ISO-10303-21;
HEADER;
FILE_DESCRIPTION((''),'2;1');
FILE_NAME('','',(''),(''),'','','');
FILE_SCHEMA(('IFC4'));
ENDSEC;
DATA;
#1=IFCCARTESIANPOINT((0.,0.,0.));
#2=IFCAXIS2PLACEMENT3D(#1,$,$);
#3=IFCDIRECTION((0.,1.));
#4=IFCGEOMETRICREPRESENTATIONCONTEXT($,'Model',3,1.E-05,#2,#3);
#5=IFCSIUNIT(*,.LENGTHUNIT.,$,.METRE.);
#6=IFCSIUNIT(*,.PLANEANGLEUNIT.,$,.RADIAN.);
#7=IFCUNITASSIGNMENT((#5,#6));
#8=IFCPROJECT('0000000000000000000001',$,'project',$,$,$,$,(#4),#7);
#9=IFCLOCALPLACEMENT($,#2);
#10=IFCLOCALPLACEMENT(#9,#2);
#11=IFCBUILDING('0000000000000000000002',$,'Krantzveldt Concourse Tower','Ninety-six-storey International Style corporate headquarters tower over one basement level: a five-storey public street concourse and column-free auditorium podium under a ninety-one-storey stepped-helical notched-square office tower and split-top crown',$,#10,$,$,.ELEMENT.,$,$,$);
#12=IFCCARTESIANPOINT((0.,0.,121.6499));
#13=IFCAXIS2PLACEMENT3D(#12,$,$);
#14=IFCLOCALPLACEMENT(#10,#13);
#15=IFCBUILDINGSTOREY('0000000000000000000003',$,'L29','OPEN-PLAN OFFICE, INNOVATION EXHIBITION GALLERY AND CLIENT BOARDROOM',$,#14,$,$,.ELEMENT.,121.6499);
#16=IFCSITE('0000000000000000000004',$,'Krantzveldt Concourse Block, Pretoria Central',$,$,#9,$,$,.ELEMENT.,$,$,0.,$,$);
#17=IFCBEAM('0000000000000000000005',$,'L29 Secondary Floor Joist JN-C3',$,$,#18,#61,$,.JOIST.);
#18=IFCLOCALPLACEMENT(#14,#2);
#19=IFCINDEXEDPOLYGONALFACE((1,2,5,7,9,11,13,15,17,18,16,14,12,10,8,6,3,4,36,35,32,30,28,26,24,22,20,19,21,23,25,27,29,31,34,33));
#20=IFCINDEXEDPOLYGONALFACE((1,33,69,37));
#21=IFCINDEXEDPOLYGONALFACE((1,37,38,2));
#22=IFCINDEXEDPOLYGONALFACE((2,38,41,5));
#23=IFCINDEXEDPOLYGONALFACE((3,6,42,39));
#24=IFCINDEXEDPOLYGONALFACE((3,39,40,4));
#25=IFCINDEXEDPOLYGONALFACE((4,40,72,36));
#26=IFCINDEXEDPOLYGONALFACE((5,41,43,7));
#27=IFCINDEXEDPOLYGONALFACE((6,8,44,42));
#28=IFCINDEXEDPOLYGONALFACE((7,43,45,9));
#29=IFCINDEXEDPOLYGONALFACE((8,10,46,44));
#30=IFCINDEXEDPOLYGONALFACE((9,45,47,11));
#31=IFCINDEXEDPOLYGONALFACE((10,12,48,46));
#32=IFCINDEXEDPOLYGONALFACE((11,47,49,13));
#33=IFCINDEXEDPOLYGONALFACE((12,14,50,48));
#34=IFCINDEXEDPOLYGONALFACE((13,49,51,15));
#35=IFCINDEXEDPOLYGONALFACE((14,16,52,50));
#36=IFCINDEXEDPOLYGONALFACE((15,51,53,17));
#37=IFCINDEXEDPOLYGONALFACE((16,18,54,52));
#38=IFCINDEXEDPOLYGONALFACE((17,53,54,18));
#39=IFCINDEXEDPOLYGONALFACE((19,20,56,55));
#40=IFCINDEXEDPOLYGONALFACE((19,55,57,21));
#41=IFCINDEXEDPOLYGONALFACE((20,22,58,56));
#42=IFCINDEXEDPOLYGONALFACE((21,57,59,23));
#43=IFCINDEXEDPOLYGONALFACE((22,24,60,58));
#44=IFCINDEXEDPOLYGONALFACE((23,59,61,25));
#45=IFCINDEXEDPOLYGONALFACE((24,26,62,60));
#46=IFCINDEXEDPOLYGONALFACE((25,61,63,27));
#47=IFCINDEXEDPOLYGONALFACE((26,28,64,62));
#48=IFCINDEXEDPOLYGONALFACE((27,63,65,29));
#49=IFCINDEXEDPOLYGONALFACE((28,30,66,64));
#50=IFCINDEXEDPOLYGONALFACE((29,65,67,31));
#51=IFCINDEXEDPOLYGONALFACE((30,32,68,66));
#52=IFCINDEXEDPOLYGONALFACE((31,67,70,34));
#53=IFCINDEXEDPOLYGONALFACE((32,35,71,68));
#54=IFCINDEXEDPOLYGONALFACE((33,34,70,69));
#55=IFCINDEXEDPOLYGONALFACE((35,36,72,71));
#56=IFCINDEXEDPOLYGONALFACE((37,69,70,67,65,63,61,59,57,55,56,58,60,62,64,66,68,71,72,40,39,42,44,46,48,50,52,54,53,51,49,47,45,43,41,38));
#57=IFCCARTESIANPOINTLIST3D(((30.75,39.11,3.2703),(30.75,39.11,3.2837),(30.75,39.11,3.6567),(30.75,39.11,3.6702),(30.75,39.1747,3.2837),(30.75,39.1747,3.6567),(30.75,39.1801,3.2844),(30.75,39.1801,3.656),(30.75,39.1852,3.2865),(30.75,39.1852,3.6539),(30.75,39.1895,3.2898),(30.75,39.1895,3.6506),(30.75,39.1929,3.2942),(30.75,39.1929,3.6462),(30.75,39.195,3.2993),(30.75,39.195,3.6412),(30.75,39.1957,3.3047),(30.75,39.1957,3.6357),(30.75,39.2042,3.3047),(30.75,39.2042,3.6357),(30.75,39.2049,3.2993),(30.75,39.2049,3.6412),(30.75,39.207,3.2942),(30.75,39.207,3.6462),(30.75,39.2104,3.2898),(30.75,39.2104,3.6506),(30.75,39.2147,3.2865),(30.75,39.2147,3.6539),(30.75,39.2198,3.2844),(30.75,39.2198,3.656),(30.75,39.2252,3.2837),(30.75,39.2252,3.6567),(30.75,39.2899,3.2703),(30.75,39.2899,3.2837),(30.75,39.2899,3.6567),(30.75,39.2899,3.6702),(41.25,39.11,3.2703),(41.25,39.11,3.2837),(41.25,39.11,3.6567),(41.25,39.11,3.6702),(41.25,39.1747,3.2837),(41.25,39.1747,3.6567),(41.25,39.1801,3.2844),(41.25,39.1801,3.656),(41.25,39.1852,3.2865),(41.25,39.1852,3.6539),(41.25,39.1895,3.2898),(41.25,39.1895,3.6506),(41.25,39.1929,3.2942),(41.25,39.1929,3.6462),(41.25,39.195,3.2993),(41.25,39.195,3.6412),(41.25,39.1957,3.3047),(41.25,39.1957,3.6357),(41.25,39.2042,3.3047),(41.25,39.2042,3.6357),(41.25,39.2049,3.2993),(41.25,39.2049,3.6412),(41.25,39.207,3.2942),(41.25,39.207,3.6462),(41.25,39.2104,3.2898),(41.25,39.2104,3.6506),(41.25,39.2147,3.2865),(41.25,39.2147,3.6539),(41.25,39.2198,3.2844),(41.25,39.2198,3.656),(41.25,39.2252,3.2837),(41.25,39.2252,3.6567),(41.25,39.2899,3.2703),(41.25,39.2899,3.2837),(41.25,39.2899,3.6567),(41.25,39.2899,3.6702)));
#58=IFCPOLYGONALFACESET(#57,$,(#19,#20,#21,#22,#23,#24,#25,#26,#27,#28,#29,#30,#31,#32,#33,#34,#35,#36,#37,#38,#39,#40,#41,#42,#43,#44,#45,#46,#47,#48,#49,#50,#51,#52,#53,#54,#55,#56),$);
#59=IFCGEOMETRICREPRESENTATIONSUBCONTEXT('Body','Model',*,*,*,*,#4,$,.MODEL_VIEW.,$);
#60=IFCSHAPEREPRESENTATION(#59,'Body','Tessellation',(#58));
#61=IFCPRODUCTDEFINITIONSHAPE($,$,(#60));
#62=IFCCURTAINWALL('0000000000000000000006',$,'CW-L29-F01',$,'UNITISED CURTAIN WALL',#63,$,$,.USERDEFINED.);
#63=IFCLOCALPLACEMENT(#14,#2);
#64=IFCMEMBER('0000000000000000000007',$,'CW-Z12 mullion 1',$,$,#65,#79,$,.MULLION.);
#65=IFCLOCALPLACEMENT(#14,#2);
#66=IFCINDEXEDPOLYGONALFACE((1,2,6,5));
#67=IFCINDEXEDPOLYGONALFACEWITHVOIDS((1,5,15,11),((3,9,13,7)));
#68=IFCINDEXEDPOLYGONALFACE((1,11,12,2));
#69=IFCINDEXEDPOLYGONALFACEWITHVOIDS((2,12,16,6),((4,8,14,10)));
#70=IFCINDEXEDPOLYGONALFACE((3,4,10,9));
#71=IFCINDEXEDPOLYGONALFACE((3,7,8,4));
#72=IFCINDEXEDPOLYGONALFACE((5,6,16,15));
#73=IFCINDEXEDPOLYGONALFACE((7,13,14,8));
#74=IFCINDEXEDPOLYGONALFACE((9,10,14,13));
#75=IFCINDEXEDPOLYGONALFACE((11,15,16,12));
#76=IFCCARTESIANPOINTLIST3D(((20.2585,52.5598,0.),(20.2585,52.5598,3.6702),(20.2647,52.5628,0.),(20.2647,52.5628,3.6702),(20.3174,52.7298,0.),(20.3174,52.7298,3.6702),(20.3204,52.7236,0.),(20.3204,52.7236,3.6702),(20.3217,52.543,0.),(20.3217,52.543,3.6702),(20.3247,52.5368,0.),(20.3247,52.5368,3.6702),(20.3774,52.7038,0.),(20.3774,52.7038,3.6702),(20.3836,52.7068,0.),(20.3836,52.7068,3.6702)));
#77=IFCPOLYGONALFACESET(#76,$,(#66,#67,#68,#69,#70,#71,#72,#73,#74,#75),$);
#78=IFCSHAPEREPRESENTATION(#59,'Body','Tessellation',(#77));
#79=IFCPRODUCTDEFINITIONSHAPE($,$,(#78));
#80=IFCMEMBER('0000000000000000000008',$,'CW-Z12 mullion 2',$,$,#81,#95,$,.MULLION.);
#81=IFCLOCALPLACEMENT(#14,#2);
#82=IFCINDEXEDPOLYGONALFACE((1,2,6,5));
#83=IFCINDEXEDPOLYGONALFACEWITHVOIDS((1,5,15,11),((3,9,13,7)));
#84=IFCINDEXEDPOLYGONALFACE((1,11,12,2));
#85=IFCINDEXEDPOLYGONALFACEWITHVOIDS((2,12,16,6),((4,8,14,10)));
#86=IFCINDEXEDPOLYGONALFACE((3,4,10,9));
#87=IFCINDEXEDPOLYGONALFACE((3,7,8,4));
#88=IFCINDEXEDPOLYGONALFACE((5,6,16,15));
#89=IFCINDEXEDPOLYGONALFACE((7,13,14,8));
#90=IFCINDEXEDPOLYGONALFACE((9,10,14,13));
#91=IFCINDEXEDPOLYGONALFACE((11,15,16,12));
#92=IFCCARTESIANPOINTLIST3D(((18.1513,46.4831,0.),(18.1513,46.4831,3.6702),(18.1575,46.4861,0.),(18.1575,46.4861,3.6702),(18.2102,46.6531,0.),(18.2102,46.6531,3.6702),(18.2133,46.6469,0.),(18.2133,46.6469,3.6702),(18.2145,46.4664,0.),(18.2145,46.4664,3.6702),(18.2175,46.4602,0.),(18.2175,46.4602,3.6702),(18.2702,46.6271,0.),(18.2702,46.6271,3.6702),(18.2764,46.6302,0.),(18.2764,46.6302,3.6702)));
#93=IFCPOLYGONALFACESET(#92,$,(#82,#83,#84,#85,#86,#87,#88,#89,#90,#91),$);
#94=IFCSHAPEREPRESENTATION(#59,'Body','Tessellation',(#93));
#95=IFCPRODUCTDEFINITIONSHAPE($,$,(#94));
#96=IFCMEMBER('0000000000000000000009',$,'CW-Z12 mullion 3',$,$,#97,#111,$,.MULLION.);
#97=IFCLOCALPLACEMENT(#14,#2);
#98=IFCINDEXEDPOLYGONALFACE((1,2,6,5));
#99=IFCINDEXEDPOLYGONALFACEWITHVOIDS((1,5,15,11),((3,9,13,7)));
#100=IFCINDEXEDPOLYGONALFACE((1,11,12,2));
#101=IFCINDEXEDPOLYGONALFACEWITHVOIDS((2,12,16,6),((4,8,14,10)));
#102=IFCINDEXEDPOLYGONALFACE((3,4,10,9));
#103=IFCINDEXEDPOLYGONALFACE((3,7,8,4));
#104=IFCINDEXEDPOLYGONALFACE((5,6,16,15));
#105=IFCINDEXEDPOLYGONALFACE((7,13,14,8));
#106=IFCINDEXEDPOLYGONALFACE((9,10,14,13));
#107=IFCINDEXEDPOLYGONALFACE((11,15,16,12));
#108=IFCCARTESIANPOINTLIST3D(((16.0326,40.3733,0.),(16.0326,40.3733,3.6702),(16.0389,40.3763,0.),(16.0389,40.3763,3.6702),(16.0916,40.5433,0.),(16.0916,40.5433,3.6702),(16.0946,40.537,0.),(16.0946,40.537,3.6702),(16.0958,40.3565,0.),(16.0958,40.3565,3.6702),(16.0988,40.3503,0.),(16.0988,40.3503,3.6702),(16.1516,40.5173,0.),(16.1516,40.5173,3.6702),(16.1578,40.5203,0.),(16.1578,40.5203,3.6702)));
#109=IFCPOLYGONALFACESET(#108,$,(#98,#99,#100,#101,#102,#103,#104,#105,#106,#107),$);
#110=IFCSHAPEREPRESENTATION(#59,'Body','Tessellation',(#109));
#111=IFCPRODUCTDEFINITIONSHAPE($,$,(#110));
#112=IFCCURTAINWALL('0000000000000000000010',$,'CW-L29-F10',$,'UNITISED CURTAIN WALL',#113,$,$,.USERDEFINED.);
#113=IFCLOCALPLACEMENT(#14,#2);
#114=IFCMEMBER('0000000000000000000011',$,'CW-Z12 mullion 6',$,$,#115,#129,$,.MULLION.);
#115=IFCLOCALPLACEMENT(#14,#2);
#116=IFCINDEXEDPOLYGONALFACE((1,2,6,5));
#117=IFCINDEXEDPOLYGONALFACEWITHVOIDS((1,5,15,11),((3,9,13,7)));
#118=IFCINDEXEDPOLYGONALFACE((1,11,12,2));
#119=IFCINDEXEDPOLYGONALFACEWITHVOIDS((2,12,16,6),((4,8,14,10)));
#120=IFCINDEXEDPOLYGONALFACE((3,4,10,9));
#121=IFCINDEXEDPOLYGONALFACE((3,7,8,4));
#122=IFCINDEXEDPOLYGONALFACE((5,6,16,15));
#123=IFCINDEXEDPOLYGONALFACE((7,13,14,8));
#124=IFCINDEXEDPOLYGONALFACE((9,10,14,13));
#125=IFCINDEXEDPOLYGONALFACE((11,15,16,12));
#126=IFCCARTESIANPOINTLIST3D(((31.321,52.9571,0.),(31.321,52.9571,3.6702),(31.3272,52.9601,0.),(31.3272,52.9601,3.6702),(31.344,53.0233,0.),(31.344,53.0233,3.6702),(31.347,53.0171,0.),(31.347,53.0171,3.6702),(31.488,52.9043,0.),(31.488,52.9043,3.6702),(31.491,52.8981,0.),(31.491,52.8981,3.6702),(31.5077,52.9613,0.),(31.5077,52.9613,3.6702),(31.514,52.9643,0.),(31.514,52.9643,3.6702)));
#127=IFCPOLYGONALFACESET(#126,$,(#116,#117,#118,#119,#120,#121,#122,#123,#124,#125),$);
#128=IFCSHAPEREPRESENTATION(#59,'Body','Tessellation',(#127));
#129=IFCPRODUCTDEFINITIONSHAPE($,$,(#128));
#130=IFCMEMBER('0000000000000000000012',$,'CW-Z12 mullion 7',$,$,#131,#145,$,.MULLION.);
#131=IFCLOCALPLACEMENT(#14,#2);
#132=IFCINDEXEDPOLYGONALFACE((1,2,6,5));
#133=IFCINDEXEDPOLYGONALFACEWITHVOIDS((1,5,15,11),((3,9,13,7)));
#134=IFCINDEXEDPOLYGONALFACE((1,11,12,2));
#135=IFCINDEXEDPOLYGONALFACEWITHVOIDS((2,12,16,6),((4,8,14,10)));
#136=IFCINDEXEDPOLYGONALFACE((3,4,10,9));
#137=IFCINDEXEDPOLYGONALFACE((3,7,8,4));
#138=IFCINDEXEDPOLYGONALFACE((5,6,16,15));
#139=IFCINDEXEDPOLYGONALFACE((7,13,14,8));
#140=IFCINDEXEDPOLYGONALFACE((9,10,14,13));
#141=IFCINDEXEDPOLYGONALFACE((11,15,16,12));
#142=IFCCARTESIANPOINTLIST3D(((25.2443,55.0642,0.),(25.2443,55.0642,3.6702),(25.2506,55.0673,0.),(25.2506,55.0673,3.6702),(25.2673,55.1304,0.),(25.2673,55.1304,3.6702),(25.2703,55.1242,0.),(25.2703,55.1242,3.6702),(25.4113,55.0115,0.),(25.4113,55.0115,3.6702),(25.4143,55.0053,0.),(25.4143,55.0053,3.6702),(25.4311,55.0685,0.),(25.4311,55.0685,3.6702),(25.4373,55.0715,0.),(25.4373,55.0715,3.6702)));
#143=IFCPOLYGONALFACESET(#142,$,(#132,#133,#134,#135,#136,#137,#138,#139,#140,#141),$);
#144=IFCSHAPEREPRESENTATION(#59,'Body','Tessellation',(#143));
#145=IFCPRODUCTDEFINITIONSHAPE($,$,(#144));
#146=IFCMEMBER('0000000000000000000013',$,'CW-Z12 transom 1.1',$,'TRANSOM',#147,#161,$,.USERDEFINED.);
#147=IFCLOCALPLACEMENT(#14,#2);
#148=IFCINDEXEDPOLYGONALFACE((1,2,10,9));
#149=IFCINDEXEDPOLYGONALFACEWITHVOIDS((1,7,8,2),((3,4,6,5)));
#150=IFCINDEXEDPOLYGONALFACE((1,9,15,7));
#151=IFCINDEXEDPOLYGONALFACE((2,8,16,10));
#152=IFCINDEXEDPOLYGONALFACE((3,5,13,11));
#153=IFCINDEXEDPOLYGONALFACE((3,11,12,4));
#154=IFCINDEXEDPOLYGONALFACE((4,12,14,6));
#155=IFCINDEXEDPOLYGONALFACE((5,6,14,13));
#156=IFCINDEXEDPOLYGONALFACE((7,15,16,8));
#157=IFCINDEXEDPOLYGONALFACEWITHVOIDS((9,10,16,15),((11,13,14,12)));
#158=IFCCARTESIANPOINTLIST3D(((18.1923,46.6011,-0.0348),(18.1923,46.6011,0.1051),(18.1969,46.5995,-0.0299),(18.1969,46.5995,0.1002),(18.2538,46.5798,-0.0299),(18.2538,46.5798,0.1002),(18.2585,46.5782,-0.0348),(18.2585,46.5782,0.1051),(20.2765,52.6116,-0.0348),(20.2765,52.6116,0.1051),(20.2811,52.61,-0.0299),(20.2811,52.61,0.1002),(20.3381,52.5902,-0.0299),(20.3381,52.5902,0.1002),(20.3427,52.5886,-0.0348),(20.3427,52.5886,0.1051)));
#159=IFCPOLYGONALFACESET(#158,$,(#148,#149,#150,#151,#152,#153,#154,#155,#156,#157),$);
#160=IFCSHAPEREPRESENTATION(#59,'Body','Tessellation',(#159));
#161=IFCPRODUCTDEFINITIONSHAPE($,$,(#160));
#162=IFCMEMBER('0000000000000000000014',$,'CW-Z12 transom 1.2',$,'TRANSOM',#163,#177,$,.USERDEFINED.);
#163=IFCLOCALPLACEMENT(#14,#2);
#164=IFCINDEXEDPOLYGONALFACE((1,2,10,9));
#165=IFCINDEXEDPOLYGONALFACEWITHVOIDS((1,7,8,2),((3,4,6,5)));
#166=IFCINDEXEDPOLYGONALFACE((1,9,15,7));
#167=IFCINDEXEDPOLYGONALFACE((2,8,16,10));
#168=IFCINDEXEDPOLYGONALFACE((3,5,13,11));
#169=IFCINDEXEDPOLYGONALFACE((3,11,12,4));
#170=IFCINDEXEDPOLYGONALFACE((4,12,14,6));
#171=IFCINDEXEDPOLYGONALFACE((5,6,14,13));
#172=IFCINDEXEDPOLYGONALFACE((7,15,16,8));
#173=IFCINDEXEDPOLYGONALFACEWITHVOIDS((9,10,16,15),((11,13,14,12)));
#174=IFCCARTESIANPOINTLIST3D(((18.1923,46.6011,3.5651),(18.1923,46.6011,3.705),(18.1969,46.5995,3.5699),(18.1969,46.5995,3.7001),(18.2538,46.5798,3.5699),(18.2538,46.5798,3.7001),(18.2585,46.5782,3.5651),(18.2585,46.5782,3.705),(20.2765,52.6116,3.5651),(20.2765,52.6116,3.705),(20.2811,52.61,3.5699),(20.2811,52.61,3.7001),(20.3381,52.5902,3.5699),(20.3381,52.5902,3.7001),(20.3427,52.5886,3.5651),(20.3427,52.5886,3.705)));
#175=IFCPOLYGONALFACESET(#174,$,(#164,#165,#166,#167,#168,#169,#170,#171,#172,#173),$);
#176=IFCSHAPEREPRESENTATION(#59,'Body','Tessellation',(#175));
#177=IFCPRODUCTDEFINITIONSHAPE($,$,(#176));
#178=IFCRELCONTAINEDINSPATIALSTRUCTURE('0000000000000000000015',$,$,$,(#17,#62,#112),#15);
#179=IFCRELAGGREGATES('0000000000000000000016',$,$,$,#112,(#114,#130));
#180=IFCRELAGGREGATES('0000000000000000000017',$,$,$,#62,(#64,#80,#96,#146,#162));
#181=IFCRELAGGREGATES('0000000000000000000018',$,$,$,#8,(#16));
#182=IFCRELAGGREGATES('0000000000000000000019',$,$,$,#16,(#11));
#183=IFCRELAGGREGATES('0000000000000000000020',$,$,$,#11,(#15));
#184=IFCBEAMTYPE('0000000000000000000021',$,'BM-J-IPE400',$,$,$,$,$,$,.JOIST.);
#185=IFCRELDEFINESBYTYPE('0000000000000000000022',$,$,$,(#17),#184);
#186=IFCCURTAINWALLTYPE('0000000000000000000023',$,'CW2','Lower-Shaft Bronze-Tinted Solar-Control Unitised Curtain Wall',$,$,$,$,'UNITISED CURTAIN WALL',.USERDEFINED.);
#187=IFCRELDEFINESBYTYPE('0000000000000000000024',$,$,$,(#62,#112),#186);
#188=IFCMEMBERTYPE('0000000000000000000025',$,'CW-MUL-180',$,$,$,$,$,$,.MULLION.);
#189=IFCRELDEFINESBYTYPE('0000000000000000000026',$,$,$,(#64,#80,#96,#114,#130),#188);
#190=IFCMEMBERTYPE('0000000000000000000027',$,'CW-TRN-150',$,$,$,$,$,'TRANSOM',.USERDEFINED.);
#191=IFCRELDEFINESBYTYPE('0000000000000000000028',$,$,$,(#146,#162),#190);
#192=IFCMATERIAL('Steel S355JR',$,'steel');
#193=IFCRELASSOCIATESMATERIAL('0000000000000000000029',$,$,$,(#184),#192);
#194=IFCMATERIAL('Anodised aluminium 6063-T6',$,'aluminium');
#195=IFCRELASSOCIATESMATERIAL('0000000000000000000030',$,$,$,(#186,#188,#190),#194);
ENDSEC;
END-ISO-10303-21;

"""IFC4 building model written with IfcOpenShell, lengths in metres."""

from ifc_helpers import new_model, si_unit, direction, frame, origin, origin_2d, place, context, subcontext, project, spatial, hollow_rectangle, i_section, extrude, source, transform, mapped, material, material_profile, profile_set, type_object, type_shapes, element, aggregate, save


model = new_model("IFC4")

# Units and contexts
model_context = context("Model", 3, precision=1e-05, world=origin(), true_north=direction((0.0, 1.0)))
body_context = subcontext(model_context, "Body", "Model", "MODEL_VIEW")
ifc_project = project(units=[si_unit("LENGTHUNIT", "METRE"), si_unit("PLANEANGLEUNIT", "RADIAN")], contexts=[model_context])

# Site, building, storey
site_placement = place(None, origin())
site = spatial("IfcSite", under=ifc_project, at=site_placement, Name="Krantzveldt Concourse Block, Pretoria Central", CompositionType="ELEMENT", RefElevation=0.0)
building_placement = place(site_placement, origin())
building = spatial("IfcBuilding", under=site, at=building_placement, Name="Krantzveldt Concourse Tower", Description="Ninety-six-storey International Style corporate headquarters tower over one basement level: a five-storey public street concourse and column-free auditorium podium under a ninety-one-storey stepped-helical notched-square office tower and split-top crown", CompositionType="ELEMENT")
storey_placement = place(building_placement, frame((0.0, 0.0, 121.6499)))
storey = spatial("IfcBuildingStorey", under=building, at=storey_placement, Name="L29", Description="OPEN-PLAN OFFICE, INNOVATION EXHIBITION GALLERY AND CLIENT BOARDROOM", CompositionType="ELEMENT", Elevation=121.6499)

# Beam
ifc_material_1 = material(Name="Steel S355JR", Category="steel")
ifc_material_profile_1 = material_profile(ifc_material_1, i_section(OverallWidth=0.1799, OverallDepth=0.3999, WebThickness=0.0085, FlangeThickness=0.0134, FilletRadius=0.021, at=origin_2d()), Name="Steel S355JR", Category="steel")
ifc_profile_set_1 = profile_set([ifc_material_profile_1], Name="Steel S355JR - IPE 400")
beam_type_1 = type_object("IfcBeamType", Name="BM-J-IPE400", PredefinedType="JOIST", material=ifc_profile_set_1)
shared_shape_1 = source(origin(), body_context, "Body", "SweptSolid", [
    extrude(i_section(OverallWidth=0.1799, OverallDepth=0.3999, WebThickness=0.0085, FlangeThickness=0.0134, FilletRadius=0.021, at=origin_2d()), origin(), (0.0, 0.0, 1.0), 10.5),
])
type_shapes(beam_type_1, [shared_shape_1])
beam_1_placement = place(storey_placement, frame((30.75, 39.2, 3.4702), z_axis=(1.0, 0.0, 0.0), x_axis=(0.0, 1.0, 0.0)))
element("IfcBeam", 1, at=beam_1_placement, inside=storey, type_object=beam_type_1, Name="L29 Secondary Floor Joist JN-C3", PredefinedType="JOIST", context=body_context, shape_type="MappedRepresentation", body=[
    mapped(shared_shape_1, transform((0.0, 0.0, 0.0), x_axis=(1.0, 0.0, 0.0), y_axis=(0.0, 1.0, 0.0), z_axis=(0.0, 0.0, 1.0), scale=1.0)),
])

# Curtain walls, members
ifc_material_2 = material(Name="Anodised aluminium 6063-T6", Category="aluminium")
curtain_wall_type = type_object("IfcCurtainWallType", Name="CW2", Description="Lower-Shaft Bronze-Tinted Solar-Control Unitised Curtain Wall", ElementType="UNITISED CURTAIN WALL", PredefinedType="USERDEFINED", material=ifc_material_2)
curtain_wall_1_placement = place(storey_placement, origin())
curtain_wall_1 = element("IfcCurtainWall", 2, at=curtain_wall_1_placement, inside=storey, type_object=curtain_wall_type, Name="CW-L29-F01", ObjectType="UNITISED CURTAIN WALL", PredefinedType="USERDEFINED")
ifc_material_profile_2 = material_profile(ifc_material_2, hollow_rectangle(XDim=0.0701, YDim=0.1799, WallThickness=0.0049, at=origin_2d()), Name="Anodised aluminium 6063-T6", Category="aluminium")
ifc_profile_set_2 = profile_set([ifc_material_profile_2], Name="Anodised aluminium 6063-T6 - ALU-MULL 180x70x5")
member_type_1 = type_object("IfcMemberType", Name="CW-MUL-180", PredefinedType="MULLION", material=ifc_profile_set_2)
shared_shape_2 = source(origin(), body_context, "Body", "SweptSolid", [
    extrude(hollow_rectangle(XDim=0.0701, YDim=0.1799, WallThickness=0.0049, at=origin_2d()), origin(), (0.0, 0.0, 1.0), 3.6702),
])
type_shapes(member_type_1, [shared_shape_2])
member_1_placement = place(storey_placement, frame((20.321, 52.6333, 0.0), z_axis=(0.0, 0.0, 1.0), x_axis=(0.944806, -0.32763, 0.0)))
member_1 = element("IfcMember", 3, at=member_1_placement, type_object=member_type_1, Name="CW-Z12 mullion 1", PredefinedType="MULLION", context=body_context, shape_type="MappedRepresentation", body=[
    mapped(shared_shape_2, transform((0.0, 0.0, 0.0), x_axis=(1.0, 0.0, 0.0), y_axis=(0.0, 1.0, 0.0), z_axis=(0.0, 0.0, 1.0), scale=1.0)),
])
member_2_placement = place(storey_placement, frame((18.2139, 46.5566, 0.0), z_axis=(0.0, 0.0, 1.0), x_axis=(0.944806, -0.32763, 0.0)))
member_2 = element("IfcMember", 4, at=member_2_placement, type_object=member_type_1, Name="CW-Z12 mullion 2", PredefinedType="MULLION", context=body_context, shape_type="MappedRepresentation", body=[
    mapped(shared_shape_2, transform((0.0, 0.0, 0.0), x_axis=(1.0, 0.0, 0.0), y_axis=(0.0, 1.0, 0.0), z_axis=(0.0, 0.0, 1.0), scale=1.0)),
])
member_3_placement = place(storey_placement, frame((16.0952, 40.4468, 0.0), z_axis=(0.0, 0.0, 1.0), x_axis=(0.944806, -0.32763, 0.0)))
member_3 = element("IfcMember", 5, at=member_3_placement, type_object=member_type_1, Name="CW-Z12 mullion 3", PredefinedType="MULLION", context=body_context, shape_type="MappedRepresentation", body=[
    mapped(shared_shape_2, transform((0.0, 0.0, 0.0), x_axis=(1.0, 0.0, 0.0), y_axis=(0.0, 1.0, 0.0), z_axis=(0.0, 0.0, 1.0), scale=1.0)),
])
curtain_wall_2_placement = place(storey_placement, origin())
curtain_wall_2 = element("IfcCurtainWall", 6, at=curtain_wall_2_placement, inside=storey, type_object=curtain_wall_type, Name="CW-L29-F10", ObjectType="UNITISED CURTAIN WALL", PredefinedType="USERDEFINED")
member_4_placement = place(storey_placement, frame((31.4175, 52.9607, 0.0), z_axis=(0.0, 0.0, 1.0), x_axis=(-0.32763, -0.944806, 0.0)))
member_4 = element("IfcMember", 7, at=member_4_placement, type_object=member_type_1, Name="CW-Z12 mullion 6", PredefinedType="MULLION", context=body_context, shape_type="MappedRepresentation", body=[
    mapped(shared_shape_2, transform((0.0, 0.0, 0.0), x_axis=(1.0, 0.0, 0.0), y_axis=(0.0, 1.0, 0.0), z_axis=(0.0, 0.0, 1.0), scale=1.0)),
])
member_5_placement = place(storey_placement, frame((25.3408, 55.0679, 0.0), z_axis=(0.0, 0.0, 1.0), x_axis=(-0.32763, -0.944806, 0.0)))
member_5 = element("IfcMember", 8, at=member_5_placement, type_object=member_type_1, Name="CW-Z12 mullion 7", PredefinedType="MULLION", context=body_context, shape_type="MappedRepresentation", body=[
    mapped(shared_shape_2, transform((0.0, 0.0, 0.0), x_axis=(1.0, 0.0, 0.0), y_axis=(0.0, 1.0, 0.0), z_axis=(0.0, 0.0, 1.0), scale=1.0)),
])

# Members
ifc_material_profile_3 = material_profile(ifc_material_2, hollow_rectangle(XDim=0.0701, YDim=0.1399, WallThickness=0.0049, at=origin_2d()), Name="Anodised aluminium 6063-T6", Category="aluminium")
ifc_profile_set_3 = profile_set([ifc_material_profile_3], Name="Anodised aluminium 6063-T6 - ALU-TRAN 140x70x5")
member_type_2 = type_object("IfcMemberType", Name="CW-TRN-150", ElementType="TRANSOM", PredefinedType="USERDEFINED", material=ifc_profile_set_3)
shared_shape_3 = source(origin(), body_context, "Body", "SweptSolid", [
    extrude(hollow_rectangle(XDim=0.0701, YDim=0.1399, WallThickness=0.0049, at=origin_2d()), origin(), (0.0, 0.0, 1.0), 6.3616),
])
member_6_placement = place(storey_placement, frame((20.3096, 52.6001, 0.0352), z_axis=(-0.327626, -0.944808, 0.0), x_axis=(0.944808, -0.327626, 0.0)))
member_6 = element("IfcMember", 9, at=member_6_placement, type_object=member_type_2, Name="CW-Z12 transom 1.1", ObjectType="TRANSOM", PredefinedType="USERDEFINED", context=body_context, shape_type="MappedRepresentation", body=[
    mapped(shared_shape_3, transform((0.0, 0.0, 0.0), x_axis=(1.0, 0.0, 0.0), y_axis=(0.0, 1.0, 0.0), z_axis=(0.0, 0.0, 1.0), scale=1.0)),
])
member_7_placement = place(storey_placement, frame((20.3096, 52.6001, 3.635), z_axis=(-0.327626, -0.944808, 0.0), x_axis=(0.944808, -0.327626, 0.0)))
member_7 = element("IfcMember", 10, at=member_7_placement, type_object=member_type_2, Name="CW-Z12 transom 1.2", ObjectType="TRANSOM", PredefinedType="USERDEFINED", context=body_context, shape_type="MappedRepresentation", body=[
    mapped(shared_shape_3, transform((0.0, 0.0, 0.0), x_axis=(1.0, 0.0, 0.0), y_axis=(0.0, 1.0, 0.0), z_axis=(0.0, 0.0, 1.0), scale=1.0)),
])

aggregate(curtain_wall_2, [member_4, member_5])
aggregate(curtain_wall_1, [member_1, member_2, member_3, member_6, member_7])

save(model, "model.ifc")
